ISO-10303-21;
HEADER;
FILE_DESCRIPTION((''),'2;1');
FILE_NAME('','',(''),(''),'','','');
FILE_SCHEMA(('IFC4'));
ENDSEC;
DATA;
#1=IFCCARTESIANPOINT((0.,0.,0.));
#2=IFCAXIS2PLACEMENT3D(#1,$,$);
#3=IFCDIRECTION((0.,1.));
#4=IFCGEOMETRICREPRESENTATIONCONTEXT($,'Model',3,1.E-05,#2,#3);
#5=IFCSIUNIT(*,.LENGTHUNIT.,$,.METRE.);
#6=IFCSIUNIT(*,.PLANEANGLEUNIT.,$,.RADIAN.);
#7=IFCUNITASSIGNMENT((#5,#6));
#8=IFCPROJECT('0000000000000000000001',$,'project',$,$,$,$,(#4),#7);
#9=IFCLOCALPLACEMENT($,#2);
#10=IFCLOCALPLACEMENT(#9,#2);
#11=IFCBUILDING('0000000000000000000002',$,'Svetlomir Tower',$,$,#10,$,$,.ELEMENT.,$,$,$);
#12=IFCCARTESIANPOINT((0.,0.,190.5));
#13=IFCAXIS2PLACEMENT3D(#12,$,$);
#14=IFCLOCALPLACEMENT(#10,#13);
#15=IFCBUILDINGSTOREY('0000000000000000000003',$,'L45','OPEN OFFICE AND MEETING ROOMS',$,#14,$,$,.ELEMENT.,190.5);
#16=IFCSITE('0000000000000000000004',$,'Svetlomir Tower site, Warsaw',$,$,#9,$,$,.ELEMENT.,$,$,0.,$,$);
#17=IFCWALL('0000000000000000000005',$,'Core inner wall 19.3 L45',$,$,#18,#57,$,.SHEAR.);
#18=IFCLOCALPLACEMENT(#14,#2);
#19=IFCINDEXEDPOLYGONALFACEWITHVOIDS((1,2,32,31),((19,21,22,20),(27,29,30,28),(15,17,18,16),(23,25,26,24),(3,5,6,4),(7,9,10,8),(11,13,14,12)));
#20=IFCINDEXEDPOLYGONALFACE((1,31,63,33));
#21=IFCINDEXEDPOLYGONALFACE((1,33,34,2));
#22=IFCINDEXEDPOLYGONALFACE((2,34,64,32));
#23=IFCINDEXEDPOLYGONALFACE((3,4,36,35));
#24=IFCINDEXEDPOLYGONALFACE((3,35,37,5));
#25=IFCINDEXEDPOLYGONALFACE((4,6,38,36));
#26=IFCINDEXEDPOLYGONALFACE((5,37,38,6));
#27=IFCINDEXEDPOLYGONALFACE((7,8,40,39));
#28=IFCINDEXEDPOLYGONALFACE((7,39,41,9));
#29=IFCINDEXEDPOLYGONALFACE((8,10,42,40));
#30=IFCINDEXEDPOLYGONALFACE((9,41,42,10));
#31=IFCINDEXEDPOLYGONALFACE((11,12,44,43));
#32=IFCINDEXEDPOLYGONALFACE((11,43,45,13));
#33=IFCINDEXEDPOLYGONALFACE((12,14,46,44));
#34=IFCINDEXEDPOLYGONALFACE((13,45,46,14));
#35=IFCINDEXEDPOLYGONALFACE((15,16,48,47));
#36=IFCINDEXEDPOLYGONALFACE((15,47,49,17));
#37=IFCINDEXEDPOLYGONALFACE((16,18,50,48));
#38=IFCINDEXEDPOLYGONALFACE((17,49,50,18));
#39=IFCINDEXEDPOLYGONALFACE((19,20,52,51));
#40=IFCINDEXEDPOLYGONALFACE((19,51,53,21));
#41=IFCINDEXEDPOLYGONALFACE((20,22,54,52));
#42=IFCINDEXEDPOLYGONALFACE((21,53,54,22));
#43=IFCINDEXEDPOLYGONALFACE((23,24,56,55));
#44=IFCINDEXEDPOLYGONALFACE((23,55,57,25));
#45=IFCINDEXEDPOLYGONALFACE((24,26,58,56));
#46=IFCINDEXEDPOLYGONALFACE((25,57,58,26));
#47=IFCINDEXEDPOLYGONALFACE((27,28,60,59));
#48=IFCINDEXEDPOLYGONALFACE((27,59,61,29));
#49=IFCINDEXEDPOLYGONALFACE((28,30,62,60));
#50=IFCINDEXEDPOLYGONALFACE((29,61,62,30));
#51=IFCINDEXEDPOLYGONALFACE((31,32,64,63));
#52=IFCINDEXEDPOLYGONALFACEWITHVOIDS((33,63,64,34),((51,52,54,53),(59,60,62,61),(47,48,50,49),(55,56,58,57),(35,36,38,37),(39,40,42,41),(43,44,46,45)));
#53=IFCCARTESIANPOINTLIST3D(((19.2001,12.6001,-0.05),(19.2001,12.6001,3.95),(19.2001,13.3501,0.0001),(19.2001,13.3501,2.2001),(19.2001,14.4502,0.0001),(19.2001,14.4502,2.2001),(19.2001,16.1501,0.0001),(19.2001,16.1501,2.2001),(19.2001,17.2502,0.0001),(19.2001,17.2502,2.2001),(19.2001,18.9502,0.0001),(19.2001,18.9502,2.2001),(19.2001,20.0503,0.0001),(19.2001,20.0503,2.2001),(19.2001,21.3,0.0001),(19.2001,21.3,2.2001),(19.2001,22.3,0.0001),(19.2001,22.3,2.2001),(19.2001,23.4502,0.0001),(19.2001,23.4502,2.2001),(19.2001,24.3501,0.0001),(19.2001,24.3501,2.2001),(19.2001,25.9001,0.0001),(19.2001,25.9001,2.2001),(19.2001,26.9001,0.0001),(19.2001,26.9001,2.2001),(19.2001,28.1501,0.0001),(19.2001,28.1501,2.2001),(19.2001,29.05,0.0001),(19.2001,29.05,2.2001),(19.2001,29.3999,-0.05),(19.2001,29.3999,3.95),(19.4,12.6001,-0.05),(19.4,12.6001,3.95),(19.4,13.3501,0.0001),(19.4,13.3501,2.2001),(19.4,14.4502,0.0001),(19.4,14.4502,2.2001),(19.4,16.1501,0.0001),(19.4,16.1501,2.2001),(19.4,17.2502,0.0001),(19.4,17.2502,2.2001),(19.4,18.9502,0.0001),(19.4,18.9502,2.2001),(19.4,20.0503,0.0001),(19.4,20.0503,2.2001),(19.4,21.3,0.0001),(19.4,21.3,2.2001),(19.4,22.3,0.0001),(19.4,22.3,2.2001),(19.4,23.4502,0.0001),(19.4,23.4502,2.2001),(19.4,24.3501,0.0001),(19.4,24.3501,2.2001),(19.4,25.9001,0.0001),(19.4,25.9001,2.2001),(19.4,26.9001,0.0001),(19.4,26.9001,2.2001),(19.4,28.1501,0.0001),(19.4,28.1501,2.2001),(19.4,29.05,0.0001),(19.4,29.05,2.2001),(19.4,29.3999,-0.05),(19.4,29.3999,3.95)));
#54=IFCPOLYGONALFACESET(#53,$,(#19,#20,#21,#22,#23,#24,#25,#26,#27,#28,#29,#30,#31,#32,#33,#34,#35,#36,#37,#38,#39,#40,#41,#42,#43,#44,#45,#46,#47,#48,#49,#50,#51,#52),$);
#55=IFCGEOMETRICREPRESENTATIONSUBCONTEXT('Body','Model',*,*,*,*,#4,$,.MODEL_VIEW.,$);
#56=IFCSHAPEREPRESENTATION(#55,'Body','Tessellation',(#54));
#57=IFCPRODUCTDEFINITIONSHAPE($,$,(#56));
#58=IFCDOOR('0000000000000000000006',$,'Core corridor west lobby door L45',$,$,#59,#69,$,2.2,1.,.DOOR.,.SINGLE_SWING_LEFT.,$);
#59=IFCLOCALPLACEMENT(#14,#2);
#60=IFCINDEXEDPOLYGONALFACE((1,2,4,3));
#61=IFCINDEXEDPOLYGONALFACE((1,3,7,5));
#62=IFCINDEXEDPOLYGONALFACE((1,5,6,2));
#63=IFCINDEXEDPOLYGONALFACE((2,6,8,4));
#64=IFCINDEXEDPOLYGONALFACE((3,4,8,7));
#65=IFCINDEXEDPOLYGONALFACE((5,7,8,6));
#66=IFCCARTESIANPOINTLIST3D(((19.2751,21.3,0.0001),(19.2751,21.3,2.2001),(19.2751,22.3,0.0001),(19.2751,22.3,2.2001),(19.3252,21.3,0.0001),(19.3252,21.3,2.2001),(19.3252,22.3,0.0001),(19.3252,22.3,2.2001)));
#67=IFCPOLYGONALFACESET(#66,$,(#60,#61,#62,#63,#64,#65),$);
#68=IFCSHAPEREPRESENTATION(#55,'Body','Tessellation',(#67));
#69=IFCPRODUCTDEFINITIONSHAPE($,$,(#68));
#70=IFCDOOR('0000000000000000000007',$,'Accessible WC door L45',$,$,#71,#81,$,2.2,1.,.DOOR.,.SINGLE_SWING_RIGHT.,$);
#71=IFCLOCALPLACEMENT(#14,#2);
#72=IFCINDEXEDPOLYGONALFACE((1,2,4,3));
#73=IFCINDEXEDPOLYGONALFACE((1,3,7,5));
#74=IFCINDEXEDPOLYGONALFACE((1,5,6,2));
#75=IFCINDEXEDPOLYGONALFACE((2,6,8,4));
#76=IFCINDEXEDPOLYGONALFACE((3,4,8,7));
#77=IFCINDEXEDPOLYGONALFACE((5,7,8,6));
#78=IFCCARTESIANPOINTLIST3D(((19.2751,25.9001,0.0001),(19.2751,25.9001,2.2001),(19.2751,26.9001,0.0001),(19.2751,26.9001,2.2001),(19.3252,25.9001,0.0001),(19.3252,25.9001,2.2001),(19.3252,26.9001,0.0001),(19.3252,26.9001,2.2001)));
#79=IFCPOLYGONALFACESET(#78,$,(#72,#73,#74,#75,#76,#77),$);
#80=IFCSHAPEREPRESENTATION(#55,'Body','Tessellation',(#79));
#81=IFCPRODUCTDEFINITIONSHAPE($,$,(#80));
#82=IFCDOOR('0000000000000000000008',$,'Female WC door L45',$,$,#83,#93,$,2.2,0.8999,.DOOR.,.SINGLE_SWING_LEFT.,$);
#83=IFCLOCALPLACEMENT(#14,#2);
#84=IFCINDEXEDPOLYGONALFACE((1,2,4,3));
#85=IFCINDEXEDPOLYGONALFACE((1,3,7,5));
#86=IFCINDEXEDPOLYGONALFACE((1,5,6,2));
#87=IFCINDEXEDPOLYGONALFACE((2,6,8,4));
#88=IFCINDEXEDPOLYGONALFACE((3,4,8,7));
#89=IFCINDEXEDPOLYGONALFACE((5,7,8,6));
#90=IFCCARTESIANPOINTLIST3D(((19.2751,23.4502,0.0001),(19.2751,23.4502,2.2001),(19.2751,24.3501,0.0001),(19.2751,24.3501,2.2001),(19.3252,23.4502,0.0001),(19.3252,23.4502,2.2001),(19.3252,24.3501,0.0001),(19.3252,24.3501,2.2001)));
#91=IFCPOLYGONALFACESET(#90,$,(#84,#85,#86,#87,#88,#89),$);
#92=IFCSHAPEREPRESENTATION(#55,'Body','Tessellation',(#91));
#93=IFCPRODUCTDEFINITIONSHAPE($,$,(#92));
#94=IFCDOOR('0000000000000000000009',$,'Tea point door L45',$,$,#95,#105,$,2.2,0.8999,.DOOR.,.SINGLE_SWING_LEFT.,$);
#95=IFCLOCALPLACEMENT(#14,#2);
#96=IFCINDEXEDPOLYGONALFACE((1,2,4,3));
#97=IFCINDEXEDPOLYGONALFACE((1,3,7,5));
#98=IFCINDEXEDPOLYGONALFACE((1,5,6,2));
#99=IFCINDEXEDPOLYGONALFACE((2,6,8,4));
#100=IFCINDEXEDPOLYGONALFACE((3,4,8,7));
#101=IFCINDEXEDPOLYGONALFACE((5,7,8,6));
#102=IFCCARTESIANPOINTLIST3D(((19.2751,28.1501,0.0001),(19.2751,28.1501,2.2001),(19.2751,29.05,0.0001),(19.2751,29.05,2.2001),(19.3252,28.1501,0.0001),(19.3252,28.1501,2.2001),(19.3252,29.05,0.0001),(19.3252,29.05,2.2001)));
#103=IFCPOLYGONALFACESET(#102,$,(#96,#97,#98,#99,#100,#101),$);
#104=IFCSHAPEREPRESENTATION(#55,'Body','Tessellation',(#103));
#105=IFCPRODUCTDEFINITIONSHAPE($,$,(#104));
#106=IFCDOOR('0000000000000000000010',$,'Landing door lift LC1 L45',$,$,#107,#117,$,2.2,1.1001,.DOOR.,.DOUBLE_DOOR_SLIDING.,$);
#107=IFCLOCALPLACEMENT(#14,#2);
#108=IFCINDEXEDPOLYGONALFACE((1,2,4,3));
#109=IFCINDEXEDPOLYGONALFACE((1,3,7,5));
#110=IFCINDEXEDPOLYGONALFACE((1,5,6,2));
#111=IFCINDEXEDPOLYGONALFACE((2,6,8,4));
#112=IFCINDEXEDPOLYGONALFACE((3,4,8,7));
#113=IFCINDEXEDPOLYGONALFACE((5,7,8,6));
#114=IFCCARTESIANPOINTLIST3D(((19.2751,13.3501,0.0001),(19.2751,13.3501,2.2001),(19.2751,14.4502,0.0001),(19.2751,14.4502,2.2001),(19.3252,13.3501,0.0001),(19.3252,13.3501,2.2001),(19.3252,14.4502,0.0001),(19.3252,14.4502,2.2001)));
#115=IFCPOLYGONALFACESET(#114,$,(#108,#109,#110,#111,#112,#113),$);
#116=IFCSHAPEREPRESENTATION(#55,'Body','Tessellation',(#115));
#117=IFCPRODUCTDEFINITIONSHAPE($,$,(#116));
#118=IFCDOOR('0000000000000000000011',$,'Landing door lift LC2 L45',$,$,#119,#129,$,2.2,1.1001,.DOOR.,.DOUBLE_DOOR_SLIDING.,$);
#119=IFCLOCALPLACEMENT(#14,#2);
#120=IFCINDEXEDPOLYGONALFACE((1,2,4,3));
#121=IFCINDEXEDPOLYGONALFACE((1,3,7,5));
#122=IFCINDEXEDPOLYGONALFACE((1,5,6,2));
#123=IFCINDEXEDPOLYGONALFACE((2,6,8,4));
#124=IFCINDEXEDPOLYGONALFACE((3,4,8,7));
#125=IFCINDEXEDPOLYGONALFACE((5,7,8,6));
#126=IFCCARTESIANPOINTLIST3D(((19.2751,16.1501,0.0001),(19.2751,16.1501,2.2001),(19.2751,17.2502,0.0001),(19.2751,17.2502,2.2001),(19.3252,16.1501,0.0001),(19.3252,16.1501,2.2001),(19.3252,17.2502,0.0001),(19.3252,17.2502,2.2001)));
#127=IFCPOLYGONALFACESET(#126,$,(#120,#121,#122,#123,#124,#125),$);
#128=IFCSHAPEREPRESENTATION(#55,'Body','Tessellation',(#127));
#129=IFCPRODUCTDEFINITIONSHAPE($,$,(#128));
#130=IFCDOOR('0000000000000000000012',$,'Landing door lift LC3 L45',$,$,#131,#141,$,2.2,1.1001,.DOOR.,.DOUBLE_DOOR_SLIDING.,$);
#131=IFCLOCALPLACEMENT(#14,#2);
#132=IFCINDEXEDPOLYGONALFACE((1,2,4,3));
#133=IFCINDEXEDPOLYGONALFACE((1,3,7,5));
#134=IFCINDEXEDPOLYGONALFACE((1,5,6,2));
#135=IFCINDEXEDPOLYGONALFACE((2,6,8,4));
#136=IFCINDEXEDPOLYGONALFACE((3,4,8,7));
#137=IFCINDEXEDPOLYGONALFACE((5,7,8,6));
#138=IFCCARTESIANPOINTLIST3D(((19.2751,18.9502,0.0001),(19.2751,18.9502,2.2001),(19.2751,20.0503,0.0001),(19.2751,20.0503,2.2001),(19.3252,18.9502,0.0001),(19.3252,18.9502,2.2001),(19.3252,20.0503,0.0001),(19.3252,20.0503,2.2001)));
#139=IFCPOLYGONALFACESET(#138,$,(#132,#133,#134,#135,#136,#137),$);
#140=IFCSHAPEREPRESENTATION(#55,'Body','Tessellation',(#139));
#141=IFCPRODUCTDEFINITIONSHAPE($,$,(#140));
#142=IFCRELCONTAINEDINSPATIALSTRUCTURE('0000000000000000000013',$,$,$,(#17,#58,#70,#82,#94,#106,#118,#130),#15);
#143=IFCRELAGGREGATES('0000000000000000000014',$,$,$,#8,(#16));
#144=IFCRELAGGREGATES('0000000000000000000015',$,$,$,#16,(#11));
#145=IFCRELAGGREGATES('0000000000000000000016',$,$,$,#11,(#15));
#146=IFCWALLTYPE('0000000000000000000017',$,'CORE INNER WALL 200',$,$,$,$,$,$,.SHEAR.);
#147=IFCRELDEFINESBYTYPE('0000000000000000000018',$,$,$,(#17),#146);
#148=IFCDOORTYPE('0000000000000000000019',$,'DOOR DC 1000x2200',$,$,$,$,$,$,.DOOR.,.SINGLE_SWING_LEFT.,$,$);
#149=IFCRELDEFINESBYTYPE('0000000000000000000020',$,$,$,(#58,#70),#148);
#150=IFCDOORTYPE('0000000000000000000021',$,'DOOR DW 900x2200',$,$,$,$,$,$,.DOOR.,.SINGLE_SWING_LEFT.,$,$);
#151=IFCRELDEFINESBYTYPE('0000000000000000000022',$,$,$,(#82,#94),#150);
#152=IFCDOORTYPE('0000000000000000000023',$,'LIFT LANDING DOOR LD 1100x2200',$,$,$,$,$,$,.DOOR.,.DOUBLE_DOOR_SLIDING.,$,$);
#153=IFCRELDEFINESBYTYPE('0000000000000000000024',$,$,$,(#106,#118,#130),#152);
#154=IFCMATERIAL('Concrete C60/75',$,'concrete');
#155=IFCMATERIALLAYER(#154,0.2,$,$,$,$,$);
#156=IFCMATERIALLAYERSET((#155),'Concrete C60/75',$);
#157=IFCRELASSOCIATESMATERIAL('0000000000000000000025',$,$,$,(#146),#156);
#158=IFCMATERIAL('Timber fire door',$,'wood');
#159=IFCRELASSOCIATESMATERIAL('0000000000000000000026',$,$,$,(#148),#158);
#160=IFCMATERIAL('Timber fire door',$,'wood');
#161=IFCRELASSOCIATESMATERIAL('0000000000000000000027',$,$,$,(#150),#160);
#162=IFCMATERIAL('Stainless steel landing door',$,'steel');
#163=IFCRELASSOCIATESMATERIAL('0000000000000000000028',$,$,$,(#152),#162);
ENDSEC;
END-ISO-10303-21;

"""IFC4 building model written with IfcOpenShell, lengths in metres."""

from ifc_helpers import new_model, si_unit, direction, frame, frame_2d, origin, place, context, subcontext, project, spatial, rectangle, extrude, material, layer, layer_set, type_object, element, fill, save


model = new_model("IFC4")

# Units and contexts
model_context = context("Model", 3, precision=1e-05, world=origin(), true_north=direction((0.0, 1.0)))
body_context = subcontext(model_context, "Body", "Model", "MODEL_VIEW")
ifc_project = project(units=[si_unit("LENGTHUNIT", "METRE"), si_unit("PLANEANGLEUNIT", "RADIAN")], contexts=[model_context])

# Site, building, storey
site_placement = place(None, origin())
site = spatial("IfcSite", under=ifc_project, at=site_placement, Name="Svetlomir Tower site, Warsaw", CompositionType="ELEMENT", RefElevation=0.0)
building_placement = place(site_placement, origin())
building = spatial("IfcBuilding", under=site, at=building_placement, Name="Svetlomir Tower", CompositionType="ELEMENT")
storey_placement = place(building_placement, frame((0.0, 0.0, 190.5)))
storey = spatial("IfcBuildingStorey", under=building, at=storey_placement, Name="L45", Description="OPEN OFFICE AND MEETING ROOMS", CompositionType="ELEMENT", Elevation=190.5)

# Shared definitions
ifc_material_1 = material(Name="Concrete C60/75", Category="concrete")
ifc_layer_1 = layer(ifc_material_1, 0.2)
ifc_layer_set_1 = layer_set([ifc_layer_1], Name="Concrete C60/75")
wall_type_1 = type_object("IfcWallType", Name="CORE INNER WALL 200", PredefinedType="SHEAR", material=ifc_layer_set_1)

# Wall, openings, doors
wall_1_placement = place(storey_placement, frame((19.3, 12.6001, -0.05), z_axis=(0.0, 0.0, 1.0), x_axis=(0.0, 1.0, 0.0)))
wall_1 = element("IfcWall", 1, at=wall_1_placement, inside=storey, type_object=wall_type_1, Name="Core inner wall 19.3 L45", PredefinedType="SHEAR", context=body_context, shape_type="SweptSolid", body=[
    extrude(rectangle(XDim=16.7998, YDim=0.2, at=frame_2d((8.3999, 0.0))), origin(), (0.0, 0.0, 1.0), 4.0),
])
opening_1_placement = place(wall_1_placement, frame((8.7, 0.0, 0.05)))
opening_1 = element("IfcOpeningElement", 2, at=opening_1_placement, cuts=wall_1, PredefinedType="OPENING", context=body_context, shape_type="SweptSolid", body=[
    extrude(rectangle(XDim=1.0, YDim=2.2, at=frame_2d((0.5, 1.1001))), frame((0.0, 0.1099, 0.0), z_axis=(0.0, -1.0, 0.0), x_axis=(1.0, 0.0, 0.0)), (0.0, 0.0, 1.0), 0.22),
])
opening_2_placement = place(wall_1_placement, frame((10.8501, 0.0, 0.05)))
opening_2 = element("IfcOpeningElement", 3, at=opening_2_placement, cuts=wall_1, PredefinedType="OPENING", context=body_context, shape_type="SweptSolid", body=[
    extrude(rectangle(XDim=0.8999, YDim=2.2, at=frame_2d((0.45, 1.1001))), frame((0.0, 0.1099, 0.0), z_axis=(0.0, -1.0, 0.0), x_axis=(1.0, 0.0, 0.0)), (0.0, 0.0, 1.0), 0.22),
])
opening_3_placement = place(wall_1_placement, frame((13.3, 0.0, 0.05)))
opening_3 = element("IfcOpeningElement", 4, at=opening_3_placement, cuts=wall_1, PredefinedType="OPENING", context=body_context, shape_type="SweptSolid", body=[
    extrude(rectangle(XDim=1.0, YDim=2.2, at=frame_2d((0.5, 1.1001))), frame((0.0, 0.1099, 0.0), z_axis=(0.0, -1.0, 0.0), x_axis=(1.0, 0.0, 0.0)), (0.0, 0.0, 1.0), 0.22),
])
opening_4_placement = place(wall_1_placement, frame((15.55, 0.0, 0.05)))
opening_4 = element("IfcOpeningElement", 5, at=opening_4_placement, cuts=wall_1, PredefinedType="OPENING", context=body_context, shape_type="SweptSolid", body=[
    extrude(rectangle(XDim=0.8999, YDim=2.2, at=frame_2d((0.45, 1.1001))), frame((0.0, 0.1099, 0.0), z_axis=(0.0, -1.0, 0.0), x_axis=(1.0, 0.0, 0.0)), (0.0, 0.0, 1.0), 0.22),
])
opening_5_placement = place(wall_1_placement, frame((0.75, 0.0, 0.05)))
opening_5 = element("IfcOpeningElement", 6, at=opening_5_placement, cuts=wall_1, PredefinedType="OPENING", context=body_context, shape_type="SweptSolid", body=[
    extrude(rectangle(XDim=1.1001, YDim=2.2, at=frame_2d((0.55, 1.1001))), frame((0.0, 0.1099, 0.0), z_axis=(0.0, -1.0, 0.0), x_axis=(1.0, 0.0, 0.0)), (0.0, 0.0, 1.0), 0.22),
])
opening_6_placement = place(wall_1_placement, frame((3.55, 0.0, 0.05)))
opening_6 = element("IfcOpeningElement", 7, at=opening_6_placement, cuts=wall_1, PredefinedType="OPENING", context=body_context, shape_type="SweptSolid", body=[
    extrude(rectangle(XDim=1.1001, YDim=2.2, at=frame_2d((0.55, 1.1001))), frame((0.0, 0.1099, 0.0), z_axis=(0.0, -1.0, 0.0), x_axis=(1.0, 0.0, 0.0)), (0.0, 0.0, 1.0), 0.22),
])
opening_7_placement = place(wall_1_placement, frame((6.3501, 0.0, 0.05)))
opening_7 = element("IfcOpeningElement", 8, at=opening_7_placement, cuts=wall_1, PredefinedType="OPENING", context=body_context, shape_type="SweptSolid", body=[
    extrude(rectangle(XDim=1.1001, YDim=2.2, at=frame_2d((0.55, 1.1001))), frame((0.0, 0.1099, 0.0), z_axis=(0.0, -1.0, 0.0), x_axis=(1.0, 0.0, 0.0)), (0.0, 0.0, 1.0), 0.22),
])
ifc_material_2 = material(Name="Timber fire door", Category="wood")
door_type_1 = type_object("IfcDoorType", Name="DOOR DC 1000x2200", OperationType="SINGLE_SWING_LEFT", PredefinedType="DOOR", material=ifc_material_2)
door_1_placement = place(opening_1_placement, origin())
door_1 = element("IfcDoor", 9, at=door_1_placement, inside=storey, type_object=door_type_1, Name="Core corridor west lobby door L45", OperationType="SINGLE_SWING_LEFT", OverallHeight=2.2, OverallWidth=1.0, PredefinedType="DOOR", context=body_context, shape_type="SweptSolid", body=[
    extrude(rectangle(XDim=1.0, YDim=2.2, at=frame_2d((0.5, 1.1001))), frame((0.0, 0.0249, 0.0), z_axis=(0.0, -1.0, 0.0), x_axis=(1.0, 0.0, 0.0)), (0.0, 0.0, 1.0), 0.05),
])
fill(opening_1, door_1)
door_2_placement = place(opening_3_placement, origin())
door_2 = element("IfcDoor", 10, at=door_2_placement, inside=storey, type_object=door_type_1, Name="Accessible WC door L45", OperationType="SINGLE_SWING_RIGHT", OverallHeight=2.2, OverallWidth=1.0, PredefinedType="DOOR", context=body_context, shape_type="SweptSolid", body=[
    extrude(rectangle(XDim=1.0, YDim=2.2, at=frame_2d((0.5, 1.1001))), frame((0.0, 0.0249, 0.0), z_axis=(0.0, -1.0, 0.0), x_axis=(1.0, 0.0, 0.0)), (0.0, 0.0, 1.0), 0.05),
])
fill(opening_3, door_2)
ifc_material_3 = material(Name="Timber fire door", Category="wood")
door_type_2 = type_object("IfcDoorType", Name="DOOR DW 900x2200", OperationType="SINGLE_SWING_LEFT", PredefinedType="DOOR", material=ifc_material_3)
door_3_placement = place(opening_2_placement, origin())
door_3 = element("IfcDoor", 11, at=door_3_placement, inside=storey, type_object=door_type_2, Name="Female WC door L45", OperationType="SINGLE_SWING_LEFT", OverallHeight=2.2, OverallWidth=0.8999, PredefinedType="DOOR", context=body_context, shape_type="SweptSolid", body=[
    extrude(rectangle(XDim=0.8999, YDim=2.2, at=frame_2d((0.45, 1.1001))), frame((0.0, 0.0249, 0.0), z_axis=(0.0, -1.0, 0.0), x_axis=(1.0, 0.0, 0.0)), (0.0, 0.0, 1.0), 0.05),
])
fill(opening_2, door_3)
door_4_placement = place(opening_4_placement, origin())
door_4 = element("IfcDoor", 12, at=door_4_placement, inside=storey, type_object=door_type_2, Name="Tea point door L45", OperationType="SINGLE_SWING_LEFT", OverallHeight=2.2, OverallWidth=0.8999, PredefinedType="DOOR", context=body_context, shape_type="SweptSolid", body=[
    extrude(rectangle(XDim=0.8999, YDim=2.2, at=frame_2d((0.45, 1.1001))), frame((0.0, 0.0249, 0.0), z_axis=(0.0, -1.0, 0.0), x_axis=(1.0, 0.0, 0.0)), (0.0, 0.0, 1.0), 0.05),
])
fill(opening_4, door_4)
ifc_material_4 = material(Name="Stainless steel landing door", Category="steel")
door_type_3 = type_object("IfcDoorType", Name="LIFT LANDING DOOR LD 1100x2200", OperationType="DOUBLE_DOOR_SLIDING", PredefinedType="DOOR", material=ifc_material_4)
door_5_placement = place(opening_5_placement, origin())
door_5 = element("IfcDoor", 13, at=door_5_placement, inside=storey, type_object=door_type_3, Name="Landing door lift LC1 L45", OperationType="DOUBLE_DOOR_SLIDING", OverallHeight=2.2, OverallWidth=1.1001, PredefinedType="DOOR", context=body_context, shape_type="SweptSolid", body=[
    extrude(rectangle(XDim=1.1001, YDim=2.2, at=frame_2d((0.55, 1.1001))), frame((0.0, 0.0249, 0.0), z_axis=(0.0, -1.0, 0.0), x_axis=(1.0, 0.0, 0.0)), (0.0, 0.0, 1.0), 0.05),
])
fill(opening_5, door_5)
door_6_placement = place(opening_6_placement, origin())
door_6 = element("IfcDoor", 14, at=door_6_placement, inside=storey, type_object=door_type_3, Name="Landing door lift LC2 L45", OperationType="DOUBLE_DOOR_SLIDING", OverallHeight=2.2, OverallWidth=1.1001, PredefinedType="DOOR", context=body_context, shape_type="SweptSolid", body=[
    extrude(rectangle(XDim=1.1001, YDim=2.2, at=frame_2d((0.55, 1.1001))), frame((0.0, 0.0249, 0.0), z_axis=(0.0, -1.0, 0.0), x_axis=(1.0, 0.0, 0.0)), (0.0, 0.0, 1.0), 0.05),
])
fill(opening_6, door_6)
door_7_placement = place(opening_7_placement, origin())
door_7 = element("IfcDoor", 15, at=door_7_placement, inside=storey, type_object=door_type_3, Name="Landing door lift LC3 L45", OperationType="DOUBLE_DOOR_SLIDING", OverallHeight=2.2, OverallWidth=1.1001, PredefinedType="DOOR", context=body_context, shape_type="SweptSolid", body=[
    extrude(rectangle(XDim=1.1001, YDim=2.2, at=frame_2d((0.55, 1.1001))), frame((0.0, 0.0249, 0.0), z_axis=(0.0, -1.0, 0.0), x_axis=(1.0, 0.0, 0.0)), (0.0, 0.0, 1.0), 0.05),
])
fill(opening_7, door_7)

save(model, "model.ifc")
